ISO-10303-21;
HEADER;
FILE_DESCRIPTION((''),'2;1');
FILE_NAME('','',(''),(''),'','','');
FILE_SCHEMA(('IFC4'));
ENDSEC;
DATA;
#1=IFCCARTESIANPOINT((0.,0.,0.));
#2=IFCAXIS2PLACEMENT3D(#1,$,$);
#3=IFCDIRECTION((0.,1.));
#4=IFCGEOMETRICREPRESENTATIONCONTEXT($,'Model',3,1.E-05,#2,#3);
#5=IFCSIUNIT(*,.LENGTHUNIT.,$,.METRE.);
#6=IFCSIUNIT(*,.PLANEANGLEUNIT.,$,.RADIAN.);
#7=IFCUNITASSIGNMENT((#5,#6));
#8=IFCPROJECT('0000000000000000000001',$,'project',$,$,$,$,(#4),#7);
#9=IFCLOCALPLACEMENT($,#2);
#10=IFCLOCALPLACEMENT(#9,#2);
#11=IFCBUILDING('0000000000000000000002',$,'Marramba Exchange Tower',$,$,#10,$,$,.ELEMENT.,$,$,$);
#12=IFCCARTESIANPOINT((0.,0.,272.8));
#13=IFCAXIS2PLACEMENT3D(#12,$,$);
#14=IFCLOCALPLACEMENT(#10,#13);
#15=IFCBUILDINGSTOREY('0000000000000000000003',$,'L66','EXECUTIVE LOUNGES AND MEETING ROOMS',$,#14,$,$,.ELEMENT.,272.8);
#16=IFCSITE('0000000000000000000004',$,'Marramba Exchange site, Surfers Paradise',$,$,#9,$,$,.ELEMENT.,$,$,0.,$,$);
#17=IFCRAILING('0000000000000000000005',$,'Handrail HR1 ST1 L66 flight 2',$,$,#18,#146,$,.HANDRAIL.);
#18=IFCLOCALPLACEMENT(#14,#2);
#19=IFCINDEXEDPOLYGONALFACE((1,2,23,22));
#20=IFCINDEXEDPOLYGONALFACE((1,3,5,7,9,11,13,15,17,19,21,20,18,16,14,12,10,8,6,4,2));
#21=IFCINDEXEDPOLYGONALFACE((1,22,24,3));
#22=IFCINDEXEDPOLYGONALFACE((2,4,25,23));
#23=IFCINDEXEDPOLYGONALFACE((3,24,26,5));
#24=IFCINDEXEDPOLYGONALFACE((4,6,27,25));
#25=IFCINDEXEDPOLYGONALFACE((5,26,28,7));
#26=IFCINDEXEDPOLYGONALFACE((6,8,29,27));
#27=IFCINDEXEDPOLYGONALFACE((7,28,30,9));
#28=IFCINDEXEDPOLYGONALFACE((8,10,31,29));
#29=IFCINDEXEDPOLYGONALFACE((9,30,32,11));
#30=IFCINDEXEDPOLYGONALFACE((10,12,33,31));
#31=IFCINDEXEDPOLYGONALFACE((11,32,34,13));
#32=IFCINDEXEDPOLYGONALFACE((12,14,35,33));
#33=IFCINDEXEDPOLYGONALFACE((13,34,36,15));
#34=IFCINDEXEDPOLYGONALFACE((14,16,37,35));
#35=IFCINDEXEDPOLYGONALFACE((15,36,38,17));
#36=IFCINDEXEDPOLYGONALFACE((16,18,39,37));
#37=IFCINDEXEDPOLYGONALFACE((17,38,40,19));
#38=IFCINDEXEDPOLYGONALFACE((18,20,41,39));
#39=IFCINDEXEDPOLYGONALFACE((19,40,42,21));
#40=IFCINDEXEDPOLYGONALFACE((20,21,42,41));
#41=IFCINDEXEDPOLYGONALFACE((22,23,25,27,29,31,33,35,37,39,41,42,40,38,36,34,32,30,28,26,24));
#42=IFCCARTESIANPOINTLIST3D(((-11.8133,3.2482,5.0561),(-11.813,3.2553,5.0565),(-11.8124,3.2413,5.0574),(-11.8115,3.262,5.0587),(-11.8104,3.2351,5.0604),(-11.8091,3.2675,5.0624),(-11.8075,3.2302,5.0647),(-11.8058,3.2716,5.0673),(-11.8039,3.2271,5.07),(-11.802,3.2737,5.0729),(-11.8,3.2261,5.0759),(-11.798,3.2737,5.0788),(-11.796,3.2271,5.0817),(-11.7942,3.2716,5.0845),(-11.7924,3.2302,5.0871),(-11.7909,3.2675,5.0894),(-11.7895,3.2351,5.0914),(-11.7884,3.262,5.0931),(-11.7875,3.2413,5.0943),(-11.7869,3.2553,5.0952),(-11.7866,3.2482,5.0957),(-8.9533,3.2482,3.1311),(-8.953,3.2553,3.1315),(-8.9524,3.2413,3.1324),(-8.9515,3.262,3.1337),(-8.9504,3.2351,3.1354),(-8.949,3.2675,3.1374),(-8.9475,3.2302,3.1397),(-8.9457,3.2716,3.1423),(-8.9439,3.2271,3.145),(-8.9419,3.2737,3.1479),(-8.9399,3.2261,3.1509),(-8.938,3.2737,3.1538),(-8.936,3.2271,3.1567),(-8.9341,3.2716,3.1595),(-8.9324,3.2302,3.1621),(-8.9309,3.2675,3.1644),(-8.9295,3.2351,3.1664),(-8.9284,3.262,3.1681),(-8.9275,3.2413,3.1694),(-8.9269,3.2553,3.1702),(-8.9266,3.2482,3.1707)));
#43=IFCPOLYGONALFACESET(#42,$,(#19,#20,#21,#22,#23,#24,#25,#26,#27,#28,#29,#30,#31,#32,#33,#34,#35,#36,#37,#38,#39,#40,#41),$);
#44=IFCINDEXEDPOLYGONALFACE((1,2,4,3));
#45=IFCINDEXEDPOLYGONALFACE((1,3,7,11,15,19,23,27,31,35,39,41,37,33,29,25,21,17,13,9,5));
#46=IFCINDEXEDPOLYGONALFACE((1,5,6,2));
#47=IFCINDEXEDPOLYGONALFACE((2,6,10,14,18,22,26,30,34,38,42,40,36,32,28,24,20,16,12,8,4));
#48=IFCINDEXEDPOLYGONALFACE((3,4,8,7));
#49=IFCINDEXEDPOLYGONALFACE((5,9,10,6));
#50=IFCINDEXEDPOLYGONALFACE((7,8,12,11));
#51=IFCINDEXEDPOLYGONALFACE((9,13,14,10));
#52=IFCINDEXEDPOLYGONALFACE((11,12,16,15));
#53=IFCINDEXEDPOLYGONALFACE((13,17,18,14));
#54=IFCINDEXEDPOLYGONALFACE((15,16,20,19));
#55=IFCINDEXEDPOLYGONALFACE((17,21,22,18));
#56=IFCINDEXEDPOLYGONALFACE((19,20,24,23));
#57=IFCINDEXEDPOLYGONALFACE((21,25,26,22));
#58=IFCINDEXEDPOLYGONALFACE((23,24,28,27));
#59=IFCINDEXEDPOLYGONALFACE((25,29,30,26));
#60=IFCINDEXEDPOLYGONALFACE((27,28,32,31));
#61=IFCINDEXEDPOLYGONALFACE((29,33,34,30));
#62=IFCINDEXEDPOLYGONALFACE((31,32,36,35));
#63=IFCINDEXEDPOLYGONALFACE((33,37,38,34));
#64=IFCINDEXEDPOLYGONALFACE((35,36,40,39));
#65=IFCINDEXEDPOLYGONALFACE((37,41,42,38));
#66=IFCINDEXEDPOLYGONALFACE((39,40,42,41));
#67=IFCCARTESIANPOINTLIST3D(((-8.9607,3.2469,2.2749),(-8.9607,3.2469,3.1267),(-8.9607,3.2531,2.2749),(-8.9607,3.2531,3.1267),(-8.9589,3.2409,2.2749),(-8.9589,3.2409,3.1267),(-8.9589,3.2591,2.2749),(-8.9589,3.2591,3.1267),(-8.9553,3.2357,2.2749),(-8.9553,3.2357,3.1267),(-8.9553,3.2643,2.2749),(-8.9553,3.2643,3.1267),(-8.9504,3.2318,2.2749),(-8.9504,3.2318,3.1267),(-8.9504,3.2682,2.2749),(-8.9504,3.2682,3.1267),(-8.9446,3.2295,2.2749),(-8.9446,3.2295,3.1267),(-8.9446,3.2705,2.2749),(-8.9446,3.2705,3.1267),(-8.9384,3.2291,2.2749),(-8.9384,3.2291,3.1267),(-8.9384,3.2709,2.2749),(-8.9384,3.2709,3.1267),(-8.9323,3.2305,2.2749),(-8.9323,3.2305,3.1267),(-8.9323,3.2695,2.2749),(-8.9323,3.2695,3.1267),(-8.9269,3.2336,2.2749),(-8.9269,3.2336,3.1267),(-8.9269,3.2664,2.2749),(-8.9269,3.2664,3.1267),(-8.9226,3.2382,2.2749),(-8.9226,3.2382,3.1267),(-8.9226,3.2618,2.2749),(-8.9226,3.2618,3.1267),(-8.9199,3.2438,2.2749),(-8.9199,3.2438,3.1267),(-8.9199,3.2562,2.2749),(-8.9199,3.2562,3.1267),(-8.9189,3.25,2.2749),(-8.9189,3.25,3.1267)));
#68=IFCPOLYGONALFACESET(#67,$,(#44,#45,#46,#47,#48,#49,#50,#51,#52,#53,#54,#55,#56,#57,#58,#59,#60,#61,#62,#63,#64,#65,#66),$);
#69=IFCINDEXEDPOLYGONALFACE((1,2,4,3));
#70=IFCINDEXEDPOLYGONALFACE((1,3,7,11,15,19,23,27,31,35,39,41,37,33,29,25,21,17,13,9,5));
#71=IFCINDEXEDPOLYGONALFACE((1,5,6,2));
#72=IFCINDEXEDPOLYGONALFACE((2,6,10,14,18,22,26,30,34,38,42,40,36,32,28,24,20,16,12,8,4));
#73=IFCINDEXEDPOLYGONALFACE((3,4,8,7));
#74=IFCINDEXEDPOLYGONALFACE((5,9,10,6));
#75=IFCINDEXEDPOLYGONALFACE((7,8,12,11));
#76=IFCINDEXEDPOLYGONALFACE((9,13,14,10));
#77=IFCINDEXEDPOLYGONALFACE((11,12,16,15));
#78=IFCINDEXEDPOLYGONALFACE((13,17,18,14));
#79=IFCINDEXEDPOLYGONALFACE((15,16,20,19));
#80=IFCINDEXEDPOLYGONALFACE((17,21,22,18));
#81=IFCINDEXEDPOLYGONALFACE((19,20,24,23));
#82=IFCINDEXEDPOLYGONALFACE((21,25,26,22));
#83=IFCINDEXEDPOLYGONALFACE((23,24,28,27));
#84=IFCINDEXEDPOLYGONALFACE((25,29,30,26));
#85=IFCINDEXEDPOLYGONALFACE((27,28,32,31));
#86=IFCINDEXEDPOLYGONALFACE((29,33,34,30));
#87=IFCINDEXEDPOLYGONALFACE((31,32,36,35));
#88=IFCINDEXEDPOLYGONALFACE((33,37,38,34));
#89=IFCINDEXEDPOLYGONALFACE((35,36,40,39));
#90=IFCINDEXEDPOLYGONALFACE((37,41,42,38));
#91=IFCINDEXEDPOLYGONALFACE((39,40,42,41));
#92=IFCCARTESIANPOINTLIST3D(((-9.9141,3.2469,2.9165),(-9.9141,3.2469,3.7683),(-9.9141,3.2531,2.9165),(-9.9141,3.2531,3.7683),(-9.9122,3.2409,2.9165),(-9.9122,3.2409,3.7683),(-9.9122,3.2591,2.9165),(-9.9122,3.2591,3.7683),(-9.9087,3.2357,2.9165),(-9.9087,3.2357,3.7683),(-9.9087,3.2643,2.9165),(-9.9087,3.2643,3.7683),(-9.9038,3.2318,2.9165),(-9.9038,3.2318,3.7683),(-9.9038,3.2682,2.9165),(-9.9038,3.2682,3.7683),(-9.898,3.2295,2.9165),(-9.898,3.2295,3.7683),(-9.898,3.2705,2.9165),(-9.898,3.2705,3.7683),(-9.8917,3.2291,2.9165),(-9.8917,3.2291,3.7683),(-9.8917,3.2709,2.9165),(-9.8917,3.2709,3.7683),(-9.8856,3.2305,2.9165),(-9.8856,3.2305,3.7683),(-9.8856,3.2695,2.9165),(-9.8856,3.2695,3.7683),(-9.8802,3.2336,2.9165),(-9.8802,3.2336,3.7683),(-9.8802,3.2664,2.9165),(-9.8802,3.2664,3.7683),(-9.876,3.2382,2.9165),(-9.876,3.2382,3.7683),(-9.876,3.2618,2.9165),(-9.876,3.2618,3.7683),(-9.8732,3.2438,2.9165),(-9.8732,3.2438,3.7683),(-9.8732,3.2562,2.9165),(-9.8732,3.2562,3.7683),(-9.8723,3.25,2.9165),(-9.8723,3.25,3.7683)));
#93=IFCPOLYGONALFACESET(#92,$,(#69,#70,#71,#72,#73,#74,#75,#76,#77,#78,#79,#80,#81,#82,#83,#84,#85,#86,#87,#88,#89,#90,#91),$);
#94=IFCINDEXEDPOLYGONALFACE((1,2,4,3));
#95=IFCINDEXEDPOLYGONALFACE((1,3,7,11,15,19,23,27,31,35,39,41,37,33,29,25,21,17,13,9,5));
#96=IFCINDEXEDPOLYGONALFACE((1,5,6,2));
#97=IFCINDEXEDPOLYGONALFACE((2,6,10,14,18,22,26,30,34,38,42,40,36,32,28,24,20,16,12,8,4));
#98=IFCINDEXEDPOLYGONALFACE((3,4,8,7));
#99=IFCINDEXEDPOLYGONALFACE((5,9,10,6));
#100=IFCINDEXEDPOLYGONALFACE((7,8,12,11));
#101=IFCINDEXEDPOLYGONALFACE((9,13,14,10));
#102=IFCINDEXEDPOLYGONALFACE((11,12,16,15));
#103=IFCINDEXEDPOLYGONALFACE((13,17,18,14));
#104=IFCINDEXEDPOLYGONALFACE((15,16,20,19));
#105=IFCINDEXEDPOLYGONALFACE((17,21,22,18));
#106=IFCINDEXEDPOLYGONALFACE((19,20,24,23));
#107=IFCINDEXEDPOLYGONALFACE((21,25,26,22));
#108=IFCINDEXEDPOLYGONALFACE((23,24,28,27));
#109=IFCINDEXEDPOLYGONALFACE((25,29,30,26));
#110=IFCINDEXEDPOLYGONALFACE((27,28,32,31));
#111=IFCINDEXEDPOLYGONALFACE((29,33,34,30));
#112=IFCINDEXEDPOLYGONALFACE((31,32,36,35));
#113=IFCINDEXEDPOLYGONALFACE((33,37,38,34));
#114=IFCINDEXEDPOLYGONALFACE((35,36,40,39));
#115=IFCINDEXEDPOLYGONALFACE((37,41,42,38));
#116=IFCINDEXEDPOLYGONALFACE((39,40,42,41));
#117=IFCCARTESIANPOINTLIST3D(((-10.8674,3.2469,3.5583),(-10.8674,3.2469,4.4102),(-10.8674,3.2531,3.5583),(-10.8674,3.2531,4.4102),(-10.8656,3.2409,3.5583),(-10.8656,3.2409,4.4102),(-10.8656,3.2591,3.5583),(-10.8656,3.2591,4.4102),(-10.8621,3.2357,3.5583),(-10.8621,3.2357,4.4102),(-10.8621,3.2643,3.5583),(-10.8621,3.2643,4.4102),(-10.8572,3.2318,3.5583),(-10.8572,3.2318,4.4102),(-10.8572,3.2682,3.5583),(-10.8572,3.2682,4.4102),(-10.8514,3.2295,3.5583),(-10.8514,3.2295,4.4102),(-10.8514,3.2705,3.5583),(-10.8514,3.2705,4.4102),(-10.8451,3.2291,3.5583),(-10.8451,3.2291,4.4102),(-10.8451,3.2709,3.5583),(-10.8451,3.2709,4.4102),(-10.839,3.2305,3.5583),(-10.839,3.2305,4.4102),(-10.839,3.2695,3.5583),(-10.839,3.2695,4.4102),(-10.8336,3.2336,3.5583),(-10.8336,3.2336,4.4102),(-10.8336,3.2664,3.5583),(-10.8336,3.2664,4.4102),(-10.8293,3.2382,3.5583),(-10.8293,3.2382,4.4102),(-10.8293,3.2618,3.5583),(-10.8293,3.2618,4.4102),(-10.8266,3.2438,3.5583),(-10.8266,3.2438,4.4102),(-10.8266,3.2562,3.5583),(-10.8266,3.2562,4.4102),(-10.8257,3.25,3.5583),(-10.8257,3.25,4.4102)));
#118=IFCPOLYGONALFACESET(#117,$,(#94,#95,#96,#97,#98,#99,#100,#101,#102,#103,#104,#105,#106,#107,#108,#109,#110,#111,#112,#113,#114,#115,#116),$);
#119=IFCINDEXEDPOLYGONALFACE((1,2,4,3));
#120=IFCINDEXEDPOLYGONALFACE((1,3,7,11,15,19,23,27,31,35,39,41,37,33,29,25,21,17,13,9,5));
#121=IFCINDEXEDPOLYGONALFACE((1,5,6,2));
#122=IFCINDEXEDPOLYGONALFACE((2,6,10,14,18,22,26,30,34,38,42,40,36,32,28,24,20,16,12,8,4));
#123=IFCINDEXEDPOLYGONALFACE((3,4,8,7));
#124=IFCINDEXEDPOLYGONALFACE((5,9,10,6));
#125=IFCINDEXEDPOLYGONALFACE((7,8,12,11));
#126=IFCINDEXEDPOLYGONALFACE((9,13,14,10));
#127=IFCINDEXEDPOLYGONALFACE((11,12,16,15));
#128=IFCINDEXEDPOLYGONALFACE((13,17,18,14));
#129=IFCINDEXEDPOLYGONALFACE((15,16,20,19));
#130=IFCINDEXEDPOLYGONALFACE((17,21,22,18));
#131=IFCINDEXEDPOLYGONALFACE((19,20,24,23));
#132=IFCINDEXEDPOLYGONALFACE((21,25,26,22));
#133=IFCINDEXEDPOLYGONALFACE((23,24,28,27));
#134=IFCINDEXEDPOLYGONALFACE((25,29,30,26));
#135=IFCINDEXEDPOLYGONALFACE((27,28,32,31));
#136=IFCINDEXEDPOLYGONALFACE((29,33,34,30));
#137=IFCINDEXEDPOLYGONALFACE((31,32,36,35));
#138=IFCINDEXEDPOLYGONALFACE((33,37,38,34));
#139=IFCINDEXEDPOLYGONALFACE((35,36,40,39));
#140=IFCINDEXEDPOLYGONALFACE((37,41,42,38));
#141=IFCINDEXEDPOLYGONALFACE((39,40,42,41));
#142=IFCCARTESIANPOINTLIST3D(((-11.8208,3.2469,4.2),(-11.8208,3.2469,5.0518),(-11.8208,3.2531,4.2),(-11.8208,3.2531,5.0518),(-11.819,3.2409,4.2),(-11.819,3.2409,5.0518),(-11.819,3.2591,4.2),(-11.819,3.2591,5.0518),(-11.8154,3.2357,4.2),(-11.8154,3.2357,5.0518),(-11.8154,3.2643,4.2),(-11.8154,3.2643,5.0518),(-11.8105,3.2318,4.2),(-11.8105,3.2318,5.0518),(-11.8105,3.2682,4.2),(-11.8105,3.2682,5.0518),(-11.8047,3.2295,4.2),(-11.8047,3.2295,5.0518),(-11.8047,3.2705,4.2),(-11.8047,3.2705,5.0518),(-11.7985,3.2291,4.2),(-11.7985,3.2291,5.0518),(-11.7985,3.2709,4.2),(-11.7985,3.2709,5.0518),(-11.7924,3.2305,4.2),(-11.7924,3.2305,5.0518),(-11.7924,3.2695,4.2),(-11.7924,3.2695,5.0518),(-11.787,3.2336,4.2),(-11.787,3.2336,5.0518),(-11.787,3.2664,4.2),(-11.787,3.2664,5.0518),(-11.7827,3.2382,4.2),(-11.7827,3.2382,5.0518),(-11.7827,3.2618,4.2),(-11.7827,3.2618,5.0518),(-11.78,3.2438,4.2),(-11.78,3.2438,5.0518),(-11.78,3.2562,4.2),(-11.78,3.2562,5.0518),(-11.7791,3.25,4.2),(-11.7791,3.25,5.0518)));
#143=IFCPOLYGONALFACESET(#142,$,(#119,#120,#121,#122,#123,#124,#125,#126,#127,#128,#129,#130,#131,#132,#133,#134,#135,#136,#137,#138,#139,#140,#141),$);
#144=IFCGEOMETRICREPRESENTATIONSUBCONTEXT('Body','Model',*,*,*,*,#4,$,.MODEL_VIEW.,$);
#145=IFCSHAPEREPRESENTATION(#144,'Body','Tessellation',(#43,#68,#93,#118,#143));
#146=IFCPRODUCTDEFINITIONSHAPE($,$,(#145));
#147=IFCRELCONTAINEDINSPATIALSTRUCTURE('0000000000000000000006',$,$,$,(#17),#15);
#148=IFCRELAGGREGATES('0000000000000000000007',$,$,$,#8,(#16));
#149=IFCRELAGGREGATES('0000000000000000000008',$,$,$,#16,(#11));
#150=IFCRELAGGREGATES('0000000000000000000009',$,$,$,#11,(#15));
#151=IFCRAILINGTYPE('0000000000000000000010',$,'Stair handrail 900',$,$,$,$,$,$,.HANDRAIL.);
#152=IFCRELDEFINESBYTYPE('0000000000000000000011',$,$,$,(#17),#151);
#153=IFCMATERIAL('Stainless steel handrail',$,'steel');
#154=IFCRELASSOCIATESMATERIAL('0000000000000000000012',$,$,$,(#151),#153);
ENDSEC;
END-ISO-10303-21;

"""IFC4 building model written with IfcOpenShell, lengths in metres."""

from ifc_helpers import new_model, si_unit, direction, frame, origin, origin_2d, place, context, subcontext, project, spatial, circle, extrude, material, type_object, element, save


model = new_model("IFC4")

# Units and contexts
model_context = context("Model", 3, precision=1e-05, world=origin(), true_north=direction((0.0, 1.0)))
body_context = subcontext(model_context, "Body", "Model", "MODEL_VIEW")
ifc_project = project(units=[si_unit("LENGTHUNIT", "METRE"), si_unit("PLANEANGLEUNIT", "RADIAN")], contexts=[model_context])

# Site, building, storey
site_placement = place(None, origin())
site = spatial("IfcSite", under=ifc_project, at=site_placement, Name="Marramba Exchange site, Surfers Paradise", CompositionType="ELEMENT", RefElevation=0.0)
building_placement = place(site_placement, origin())
building = spatial("IfcBuilding", under=site, at=building_placement, Name="Marramba Exchange Tower", CompositionType="ELEMENT")
storey_placement = place(building_placement, frame((0.0, 0.0, 272.8)))
storey = spatial("IfcBuildingStorey", under=building, at=storey_placement, Name="L66", Description="EXECUTIVE LOUNGES AND MEETING ROOMS", CompositionType="ELEMENT", Elevation=272.8)

# Railing
ifc_material_1 = material(Name="Stainless steel handrail", Category="steel")
railing_type = type_object("IfcRailingType", Name="Stair handrail 900", PredefinedType="HANDRAIL", material=ifc_material_1)
railing_placement = place(storey_placement, frame((-8.9399, 3.25, 2.2749)))
element("IfcRailing", 1, at=railing_placement, inside=storey, type_object=railing_type, Name="Handrail HR1 ST1 L66 flight 2", PredefinedType="HANDRAIL", context=body_context, shape_type="SweptSolid", body=[
    extrude(circle(Radius=0.0239, at=origin_2d()), frame((0.0, 0.0, 0.876), z_axis=(-0.829591, 0.0, 0.558372), x_axis=(0.0, -1.0, 0.0)), (0.0, 0.0, 1.0), 3.4475),
    extrude(circle(Radius=0.021, at=origin_2d()), origin(), (0.0, 0.0, 1.0), 0.8518),
    extrude(circle(Radius=0.021, at=origin_2d()), frame((-0.9534, 0.0, 0.6416)), (0.0, 0.0, 1.0), 0.8518),
    extrude(circle(Radius=0.021, at=origin_2d()), frame((-1.9067, 0.0, 1.2834)), (0.0, 0.0, 1.0), 0.8518),
    extrude(circle(Radius=0.021, at=origin_2d()), frame((-2.8601, 0.0, 1.925)), (0.0, 0.0, 1.0), 0.8518),
])

save(model, "model.ifc")
